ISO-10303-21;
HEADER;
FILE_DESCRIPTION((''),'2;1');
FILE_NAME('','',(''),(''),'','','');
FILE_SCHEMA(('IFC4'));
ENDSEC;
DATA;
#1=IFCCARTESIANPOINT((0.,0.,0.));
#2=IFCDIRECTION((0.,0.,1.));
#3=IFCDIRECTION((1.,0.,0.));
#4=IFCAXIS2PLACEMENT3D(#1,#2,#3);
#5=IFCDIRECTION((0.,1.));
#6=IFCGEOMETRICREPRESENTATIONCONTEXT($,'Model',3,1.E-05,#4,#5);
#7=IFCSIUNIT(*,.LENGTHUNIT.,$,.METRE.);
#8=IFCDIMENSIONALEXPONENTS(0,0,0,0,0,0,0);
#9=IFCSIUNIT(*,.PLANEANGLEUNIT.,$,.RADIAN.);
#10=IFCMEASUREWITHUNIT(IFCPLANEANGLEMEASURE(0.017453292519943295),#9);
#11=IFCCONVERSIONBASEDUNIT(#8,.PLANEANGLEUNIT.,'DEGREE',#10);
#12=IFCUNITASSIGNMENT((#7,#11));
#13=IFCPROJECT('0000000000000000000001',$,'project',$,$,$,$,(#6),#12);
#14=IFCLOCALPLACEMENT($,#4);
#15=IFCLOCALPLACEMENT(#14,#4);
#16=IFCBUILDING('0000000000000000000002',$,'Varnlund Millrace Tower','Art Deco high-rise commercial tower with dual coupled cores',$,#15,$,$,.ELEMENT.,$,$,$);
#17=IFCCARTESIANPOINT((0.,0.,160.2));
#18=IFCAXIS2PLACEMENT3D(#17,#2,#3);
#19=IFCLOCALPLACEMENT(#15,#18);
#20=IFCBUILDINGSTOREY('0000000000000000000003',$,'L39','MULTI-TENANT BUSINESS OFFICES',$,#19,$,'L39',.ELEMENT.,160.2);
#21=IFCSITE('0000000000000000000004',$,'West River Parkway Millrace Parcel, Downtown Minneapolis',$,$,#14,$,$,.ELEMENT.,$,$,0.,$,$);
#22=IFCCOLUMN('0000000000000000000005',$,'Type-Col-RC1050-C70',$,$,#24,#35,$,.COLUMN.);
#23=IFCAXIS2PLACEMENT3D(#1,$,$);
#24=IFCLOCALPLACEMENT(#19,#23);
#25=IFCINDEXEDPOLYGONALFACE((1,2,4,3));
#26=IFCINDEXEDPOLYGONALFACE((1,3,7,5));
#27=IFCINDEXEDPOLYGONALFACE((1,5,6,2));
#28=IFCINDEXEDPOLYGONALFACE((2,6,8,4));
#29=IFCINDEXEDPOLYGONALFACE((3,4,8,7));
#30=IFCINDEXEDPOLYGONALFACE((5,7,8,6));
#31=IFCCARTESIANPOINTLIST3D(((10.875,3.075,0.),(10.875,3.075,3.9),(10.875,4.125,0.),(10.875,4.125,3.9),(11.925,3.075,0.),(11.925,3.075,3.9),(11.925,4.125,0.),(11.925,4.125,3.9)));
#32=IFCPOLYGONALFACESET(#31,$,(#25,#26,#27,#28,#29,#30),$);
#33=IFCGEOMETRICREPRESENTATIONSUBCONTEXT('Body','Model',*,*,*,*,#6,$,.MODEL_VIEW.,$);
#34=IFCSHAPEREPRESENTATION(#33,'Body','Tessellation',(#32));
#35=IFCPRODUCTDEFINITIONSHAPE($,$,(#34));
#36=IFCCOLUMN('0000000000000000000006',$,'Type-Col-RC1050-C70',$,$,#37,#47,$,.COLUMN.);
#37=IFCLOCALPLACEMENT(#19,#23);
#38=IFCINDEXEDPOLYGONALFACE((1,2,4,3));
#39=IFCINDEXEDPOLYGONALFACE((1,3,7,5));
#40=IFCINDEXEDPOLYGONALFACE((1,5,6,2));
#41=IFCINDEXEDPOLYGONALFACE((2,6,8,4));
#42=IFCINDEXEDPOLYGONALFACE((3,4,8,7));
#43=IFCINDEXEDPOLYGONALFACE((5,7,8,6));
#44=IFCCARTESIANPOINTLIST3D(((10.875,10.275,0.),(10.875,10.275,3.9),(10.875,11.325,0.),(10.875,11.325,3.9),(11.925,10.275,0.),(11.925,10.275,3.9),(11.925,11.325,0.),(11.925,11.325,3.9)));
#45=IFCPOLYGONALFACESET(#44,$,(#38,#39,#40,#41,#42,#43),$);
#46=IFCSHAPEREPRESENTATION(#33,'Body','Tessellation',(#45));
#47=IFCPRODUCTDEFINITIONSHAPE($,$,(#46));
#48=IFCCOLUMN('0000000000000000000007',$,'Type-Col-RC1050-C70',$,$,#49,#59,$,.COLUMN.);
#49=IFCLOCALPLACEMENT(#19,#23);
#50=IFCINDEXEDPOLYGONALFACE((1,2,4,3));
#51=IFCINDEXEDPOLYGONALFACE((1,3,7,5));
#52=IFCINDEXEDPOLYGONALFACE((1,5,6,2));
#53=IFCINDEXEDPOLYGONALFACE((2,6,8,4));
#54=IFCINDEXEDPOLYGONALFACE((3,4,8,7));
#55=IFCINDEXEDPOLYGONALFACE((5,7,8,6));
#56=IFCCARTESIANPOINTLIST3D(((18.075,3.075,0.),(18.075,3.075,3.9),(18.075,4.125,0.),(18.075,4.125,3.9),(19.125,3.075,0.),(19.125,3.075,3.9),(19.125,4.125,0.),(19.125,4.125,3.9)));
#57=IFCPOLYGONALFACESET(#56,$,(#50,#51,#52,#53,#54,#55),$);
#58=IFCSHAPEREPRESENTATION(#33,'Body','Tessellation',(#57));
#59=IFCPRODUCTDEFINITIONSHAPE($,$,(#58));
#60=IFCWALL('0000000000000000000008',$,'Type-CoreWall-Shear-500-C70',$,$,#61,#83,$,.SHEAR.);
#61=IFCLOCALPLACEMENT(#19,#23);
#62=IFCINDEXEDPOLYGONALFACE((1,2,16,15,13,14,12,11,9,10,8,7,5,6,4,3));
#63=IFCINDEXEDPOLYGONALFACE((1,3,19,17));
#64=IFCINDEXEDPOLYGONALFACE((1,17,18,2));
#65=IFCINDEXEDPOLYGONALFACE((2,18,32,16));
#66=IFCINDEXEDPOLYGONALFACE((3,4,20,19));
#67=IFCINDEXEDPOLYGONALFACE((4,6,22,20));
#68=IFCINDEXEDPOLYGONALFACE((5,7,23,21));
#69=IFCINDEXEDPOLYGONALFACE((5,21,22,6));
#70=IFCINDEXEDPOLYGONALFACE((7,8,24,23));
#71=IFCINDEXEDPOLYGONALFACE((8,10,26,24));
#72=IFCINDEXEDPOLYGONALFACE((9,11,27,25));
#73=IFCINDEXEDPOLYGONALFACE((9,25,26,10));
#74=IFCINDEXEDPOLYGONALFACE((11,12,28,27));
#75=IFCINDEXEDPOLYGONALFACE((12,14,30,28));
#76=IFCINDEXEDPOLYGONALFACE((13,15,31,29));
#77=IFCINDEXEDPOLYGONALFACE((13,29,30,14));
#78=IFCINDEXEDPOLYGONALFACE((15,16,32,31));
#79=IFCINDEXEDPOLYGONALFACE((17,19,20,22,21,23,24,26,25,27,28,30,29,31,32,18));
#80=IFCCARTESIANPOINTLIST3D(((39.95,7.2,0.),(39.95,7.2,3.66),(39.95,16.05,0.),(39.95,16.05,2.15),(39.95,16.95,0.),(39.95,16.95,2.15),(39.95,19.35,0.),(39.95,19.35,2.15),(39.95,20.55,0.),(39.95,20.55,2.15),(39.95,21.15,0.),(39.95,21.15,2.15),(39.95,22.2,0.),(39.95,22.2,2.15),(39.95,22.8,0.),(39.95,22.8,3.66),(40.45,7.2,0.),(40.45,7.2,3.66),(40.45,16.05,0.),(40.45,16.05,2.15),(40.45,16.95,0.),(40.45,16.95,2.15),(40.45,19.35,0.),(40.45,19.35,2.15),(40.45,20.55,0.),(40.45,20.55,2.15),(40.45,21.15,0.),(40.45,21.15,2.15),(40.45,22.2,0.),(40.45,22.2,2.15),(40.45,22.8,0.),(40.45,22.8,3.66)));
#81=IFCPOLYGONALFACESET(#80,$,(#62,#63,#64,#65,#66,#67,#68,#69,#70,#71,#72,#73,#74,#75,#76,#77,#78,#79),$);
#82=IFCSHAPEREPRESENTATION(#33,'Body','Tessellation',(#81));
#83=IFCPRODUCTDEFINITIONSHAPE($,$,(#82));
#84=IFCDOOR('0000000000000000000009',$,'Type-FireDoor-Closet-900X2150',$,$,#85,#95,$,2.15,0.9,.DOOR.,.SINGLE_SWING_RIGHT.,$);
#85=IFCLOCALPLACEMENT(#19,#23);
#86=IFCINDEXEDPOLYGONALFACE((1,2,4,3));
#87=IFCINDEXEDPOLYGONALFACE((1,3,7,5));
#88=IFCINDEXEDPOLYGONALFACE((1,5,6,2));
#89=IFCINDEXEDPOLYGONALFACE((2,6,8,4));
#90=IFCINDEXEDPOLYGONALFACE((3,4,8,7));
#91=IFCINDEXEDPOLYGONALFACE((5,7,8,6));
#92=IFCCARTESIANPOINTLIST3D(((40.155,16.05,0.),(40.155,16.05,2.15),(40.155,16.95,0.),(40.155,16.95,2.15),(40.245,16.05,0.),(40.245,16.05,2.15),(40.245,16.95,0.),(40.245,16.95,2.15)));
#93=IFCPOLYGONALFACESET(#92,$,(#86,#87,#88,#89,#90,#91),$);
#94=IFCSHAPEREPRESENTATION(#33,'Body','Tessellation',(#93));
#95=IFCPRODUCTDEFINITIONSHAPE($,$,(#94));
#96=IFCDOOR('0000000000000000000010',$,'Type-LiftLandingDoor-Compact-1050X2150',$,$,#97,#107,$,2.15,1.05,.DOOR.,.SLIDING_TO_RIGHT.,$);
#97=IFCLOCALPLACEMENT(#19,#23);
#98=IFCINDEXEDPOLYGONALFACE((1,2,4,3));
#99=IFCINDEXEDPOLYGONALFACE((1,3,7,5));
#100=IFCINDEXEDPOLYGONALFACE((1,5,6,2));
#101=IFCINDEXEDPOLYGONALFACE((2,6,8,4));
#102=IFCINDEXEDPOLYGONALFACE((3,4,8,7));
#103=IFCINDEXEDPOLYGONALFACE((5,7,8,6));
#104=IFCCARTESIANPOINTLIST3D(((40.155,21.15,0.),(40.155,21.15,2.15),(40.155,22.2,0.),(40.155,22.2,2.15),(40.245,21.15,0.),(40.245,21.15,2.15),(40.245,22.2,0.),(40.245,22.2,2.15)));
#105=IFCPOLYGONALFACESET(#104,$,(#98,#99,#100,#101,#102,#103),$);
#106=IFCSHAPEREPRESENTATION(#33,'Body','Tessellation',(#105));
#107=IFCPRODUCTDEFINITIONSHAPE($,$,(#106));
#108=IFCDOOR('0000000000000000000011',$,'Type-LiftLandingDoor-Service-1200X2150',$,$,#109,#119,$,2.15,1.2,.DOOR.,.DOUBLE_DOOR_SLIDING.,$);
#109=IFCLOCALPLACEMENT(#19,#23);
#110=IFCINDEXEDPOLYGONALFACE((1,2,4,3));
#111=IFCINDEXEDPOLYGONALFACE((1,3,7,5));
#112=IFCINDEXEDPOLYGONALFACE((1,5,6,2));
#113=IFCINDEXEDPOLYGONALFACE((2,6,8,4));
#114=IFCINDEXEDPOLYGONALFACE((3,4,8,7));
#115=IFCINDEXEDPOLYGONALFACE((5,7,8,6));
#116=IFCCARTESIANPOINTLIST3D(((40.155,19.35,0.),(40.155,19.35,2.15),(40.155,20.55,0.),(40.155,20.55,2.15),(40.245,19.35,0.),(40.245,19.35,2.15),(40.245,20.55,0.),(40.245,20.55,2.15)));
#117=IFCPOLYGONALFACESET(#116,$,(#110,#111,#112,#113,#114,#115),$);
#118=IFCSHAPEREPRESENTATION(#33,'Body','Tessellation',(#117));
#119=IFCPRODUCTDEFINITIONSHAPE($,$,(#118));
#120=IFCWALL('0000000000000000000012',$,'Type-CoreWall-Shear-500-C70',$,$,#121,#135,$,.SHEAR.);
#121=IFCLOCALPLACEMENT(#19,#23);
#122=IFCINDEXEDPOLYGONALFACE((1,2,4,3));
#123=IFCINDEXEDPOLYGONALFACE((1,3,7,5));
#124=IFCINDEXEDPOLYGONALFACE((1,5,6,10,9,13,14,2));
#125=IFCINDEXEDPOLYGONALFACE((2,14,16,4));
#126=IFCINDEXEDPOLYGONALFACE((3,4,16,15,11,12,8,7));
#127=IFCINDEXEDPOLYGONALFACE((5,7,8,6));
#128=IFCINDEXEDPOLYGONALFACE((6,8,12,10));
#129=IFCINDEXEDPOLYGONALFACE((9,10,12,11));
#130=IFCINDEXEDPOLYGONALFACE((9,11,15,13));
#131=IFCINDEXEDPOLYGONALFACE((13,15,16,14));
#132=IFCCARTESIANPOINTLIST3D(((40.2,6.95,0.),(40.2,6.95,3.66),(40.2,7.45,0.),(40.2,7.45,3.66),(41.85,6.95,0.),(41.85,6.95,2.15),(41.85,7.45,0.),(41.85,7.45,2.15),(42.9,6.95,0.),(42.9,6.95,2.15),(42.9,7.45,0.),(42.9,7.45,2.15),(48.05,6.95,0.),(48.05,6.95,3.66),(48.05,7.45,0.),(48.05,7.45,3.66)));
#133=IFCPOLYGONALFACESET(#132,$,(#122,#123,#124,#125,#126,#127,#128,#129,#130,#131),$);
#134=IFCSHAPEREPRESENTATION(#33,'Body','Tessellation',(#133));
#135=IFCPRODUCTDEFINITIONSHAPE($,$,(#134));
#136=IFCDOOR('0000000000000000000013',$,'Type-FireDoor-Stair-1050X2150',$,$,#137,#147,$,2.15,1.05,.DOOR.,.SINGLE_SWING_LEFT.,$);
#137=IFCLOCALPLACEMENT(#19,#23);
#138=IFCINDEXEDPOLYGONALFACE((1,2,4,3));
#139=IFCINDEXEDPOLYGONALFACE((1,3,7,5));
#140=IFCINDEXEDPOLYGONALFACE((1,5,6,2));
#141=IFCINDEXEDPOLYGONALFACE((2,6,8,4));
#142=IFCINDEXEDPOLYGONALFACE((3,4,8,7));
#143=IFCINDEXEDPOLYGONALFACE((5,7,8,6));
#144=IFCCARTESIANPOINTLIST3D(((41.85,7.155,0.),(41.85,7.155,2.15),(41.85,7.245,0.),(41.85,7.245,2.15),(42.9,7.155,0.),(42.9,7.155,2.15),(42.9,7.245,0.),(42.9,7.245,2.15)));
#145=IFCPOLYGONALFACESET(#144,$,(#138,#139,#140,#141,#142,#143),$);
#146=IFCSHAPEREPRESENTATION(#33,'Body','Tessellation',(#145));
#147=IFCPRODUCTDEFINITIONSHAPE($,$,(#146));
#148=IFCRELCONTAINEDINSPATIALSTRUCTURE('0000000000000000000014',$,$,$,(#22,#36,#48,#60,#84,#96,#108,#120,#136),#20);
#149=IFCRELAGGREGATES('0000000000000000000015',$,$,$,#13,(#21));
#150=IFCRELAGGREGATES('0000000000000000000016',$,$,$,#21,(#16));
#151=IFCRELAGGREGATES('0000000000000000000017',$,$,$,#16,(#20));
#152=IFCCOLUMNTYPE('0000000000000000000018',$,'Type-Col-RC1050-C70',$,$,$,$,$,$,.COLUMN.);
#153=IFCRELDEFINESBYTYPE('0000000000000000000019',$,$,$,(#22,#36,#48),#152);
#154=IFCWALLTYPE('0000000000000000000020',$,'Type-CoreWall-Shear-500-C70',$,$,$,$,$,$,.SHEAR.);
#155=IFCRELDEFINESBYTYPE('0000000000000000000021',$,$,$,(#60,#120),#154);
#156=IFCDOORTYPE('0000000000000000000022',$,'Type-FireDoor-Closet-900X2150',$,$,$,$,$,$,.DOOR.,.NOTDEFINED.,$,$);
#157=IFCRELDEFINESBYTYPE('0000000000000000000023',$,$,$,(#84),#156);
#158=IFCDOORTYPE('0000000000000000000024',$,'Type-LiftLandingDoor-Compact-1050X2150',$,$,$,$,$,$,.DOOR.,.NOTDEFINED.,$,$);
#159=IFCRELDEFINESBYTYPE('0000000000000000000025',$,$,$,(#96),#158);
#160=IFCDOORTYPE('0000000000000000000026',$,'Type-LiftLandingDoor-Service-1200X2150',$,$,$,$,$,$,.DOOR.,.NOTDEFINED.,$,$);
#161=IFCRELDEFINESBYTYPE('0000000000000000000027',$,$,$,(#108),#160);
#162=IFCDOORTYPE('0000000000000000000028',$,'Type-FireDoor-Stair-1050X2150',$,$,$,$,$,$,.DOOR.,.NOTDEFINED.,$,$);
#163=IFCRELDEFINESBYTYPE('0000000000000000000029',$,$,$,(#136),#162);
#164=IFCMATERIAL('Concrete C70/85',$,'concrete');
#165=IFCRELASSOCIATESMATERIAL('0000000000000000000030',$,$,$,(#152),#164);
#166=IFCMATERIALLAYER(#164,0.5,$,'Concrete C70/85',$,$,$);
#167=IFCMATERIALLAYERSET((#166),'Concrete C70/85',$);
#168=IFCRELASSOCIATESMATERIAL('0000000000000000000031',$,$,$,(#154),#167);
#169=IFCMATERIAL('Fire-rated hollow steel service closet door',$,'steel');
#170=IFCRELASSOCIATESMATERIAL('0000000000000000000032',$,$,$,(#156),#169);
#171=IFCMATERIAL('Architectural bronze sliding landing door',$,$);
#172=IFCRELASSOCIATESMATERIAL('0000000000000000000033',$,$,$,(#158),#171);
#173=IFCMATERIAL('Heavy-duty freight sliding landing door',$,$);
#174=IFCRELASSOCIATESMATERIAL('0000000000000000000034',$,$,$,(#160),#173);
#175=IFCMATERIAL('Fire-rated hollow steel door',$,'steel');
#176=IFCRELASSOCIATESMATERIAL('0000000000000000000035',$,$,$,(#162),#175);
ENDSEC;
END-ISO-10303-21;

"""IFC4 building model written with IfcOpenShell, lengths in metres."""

from ifc_helpers import new_model, entity, si_unit, converted_unit, direction, frame, origin_with_axes, origin_2d_with_axis, place, context, subcontext, project, spatial, polyline, rectangle, outline, extrude, material, layer, layer_set, material_profile, profile_set, type_object, element, fill, save


model = new_model("IFC4")

# Units and contexts
model_context = context("Model", 3, precision=1e-05, world=origin_with_axes(), true_north=direction((0.0, 1.0)))
body_context = subcontext(model_context, "Body", "Model", "MODEL_VIEW")
ifc_project = project(units=[si_unit("LENGTHUNIT", "METRE"), converted_unit("PLANEANGLEUNIT", "DEGREE", entity("IfcPlaneAngleMeasure", 0.017453292519943295), si_unit("PLANEANGLEUNIT", "RADIAN"), dimensions=[0, 0, 0, 0, 0, 0, 0])], contexts=[model_context])

# Site, building, storey
site_placement = place(None, origin_with_axes())
site = spatial("IfcSite", under=ifc_project, at=site_placement, Name="West River Parkway Millrace Parcel, Downtown Minneapolis", CompositionType="ELEMENT", RefElevation=0.0)
building_placement = place(site_placement, origin_with_axes())
building = spatial("IfcBuilding", under=site, at=building_placement, Name="Varnlund Millrace Tower", Description="Art Deco high-rise commercial tower with dual coupled cores", CompositionType="ELEMENT")
storey_placement = place(building_placement, frame((0.0, 0.0, 160.2), z_axis=(0.0, 0.0, 1.0), x_axis=(1.0, 0.0, 0.0)))
storey = spatial("IfcBuildingStorey", under=building, at=storey_placement, Name="L39", Description="MULTI-TENANT BUSINESS OFFICES", LongName="L39", CompositionType="ELEMENT", Elevation=160.2)

# Columns
ifc_material_1 = material(Name="Concrete C70/85", Category="concrete")
ifc_material_profile = material_profile(ifc_material_1, rectangle(XDim=1.05, YDim=1.05, at=origin_2d_with_axis()), Name="Concrete C70/85")
ifc_profile_set = profile_set([ifc_material_profile], Name="Concrete C70/85")
column_type = type_object("IfcColumnType", Name="Type-Col-RC1050-C70", PredefinedType="COLUMN", material=ifc_profile_set)
for number, where, z_axis, x_axis, name in (
    (1, (11.4, 3.6, 0.0), (0.0, 0.0, 1.0), (1.0, 0.0, 0.0), "Type-Col-RC1050-C70"),
    (2, (11.4, 10.8, 0.0), (0.0, 0.0, 1.0), (1.0, 0.0, 0.0), "Type-Col-RC1050-C70"),
    (3, (18.6, 3.6, 0.0), (0.0, 0.0, 1.0), (1.0, 0.0, 0.0), "Type-Col-RC1050-C70"),
):
    element("IfcColumn", number, at=place(storey_placement, frame(where, z_axis=z_axis, x_axis=x_axis)), inside=storey, type_object=column_type, Name=name, PredefinedType="COLUMN", context=body_context, shape_type="SweptSolid", body=[
        extrude(rectangle(XDim=1.05, YDim=1.05, at=origin_2d_with_axis()), origin_with_axes(), (0.0, 0.0, 1.0), 3.9),
    ])

# Wall, openings, doors
ifc_layer_1 = layer(ifc_material_1, 0.5, Name="Concrete C70/85")
ifc_layer_set_1 = layer_set([ifc_layer_1], Name="Concrete C70/85")
wall_type_1 = type_object("IfcWallType", Name="Type-CoreWall-Shear-500-C70", PredefinedType="SHEAR", material=ifc_layer_set_1)
wall_1_placement = place(storey_placement, frame((40.2, 7.2, 0.0), z_axis=(0.0, 0.0, 1.0), x_axis=(0.0, 1.0, 0.0)))
wall_1 = element("IfcWall", 4, at=wall_1_placement, inside=storey, type_object=wall_type_1, Name="Type-CoreWall-Shear-500-C70", PredefinedType="SHEAR", context=body_context, shape_type="SweptSolid", body=[
    extrude(outline(polyline([(0.0, -0.25), (15.6, -0.25), (15.6, 0.25), (0.0, 0.25), (0.0, -0.25)])), origin_with_axes(), (0.0, 0.0, 1.0), 3.66),
])
opening_1_placement = place(wall_1_placement, frame((14.475, 0.0, 0.0), z_axis=(0.0, 0.0, 1.0), x_axis=(1.0, 0.0, 0.0)))
opening_1 = element("IfcOpeningElement", 5, at=opening_1_placement, cuts=wall_1, PredefinedType="OPENING", context=body_context, shape_type="SweptSolid", body=[
    extrude(rectangle(XDim=1.05, YDim=0.52, at=origin_2d_with_axis()), origin_with_axes(), (0.0, 0.0, 1.0), 2.15),
])
opening_2_placement = place(wall_1_placement, frame((12.75, 0.0, 0.0), z_axis=(0.0, 0.0, 1.0), x_axis=(1.0, 0.0, 0.0)))
opening_2 = element("IfcOpeningElement", 6, at=opening_2_placement, cuts=wall_1, PredefinedType="OPENING", context=body_context, shape_type="SweptSolid", body=[
    extrude(rectangle(XDim=1.2, YDim=0.52, at=origin_2d_with_axis()), origin_with_axes(), (0.0, 0.0, 1.0), 2.15),
])
opening_3_placement = place(wall_1_placement, frame((9.3, 0.0, 0.0), z_axis=(0.0, 0.0, 1.0), x_axis=(1.0, 0.0, 0.0)))
opening_3 = element("IfcOpeningElement", 7, at=opening_3_placement, cuts=wall_1, PredefinedType="OPENING", context=body_context, shape_type="SweptSolid", body=[
    extrude(rectangle(XDim=0.9, YDim=0.52, at=origin_2d_with_axis()), origin_with_axes(), (0.0, 0.0, 1.0), 2.15),
])
ifc_material_2 = material(Name="Fire-rated hollow steel service closet door", Category="steel")
door_type_1 = type_object("IfcDoorType", Name="Type-FireDoor-Closet-900X2150", OperationType="NOTDEFINED", PredefinedType="DOOR", material=ifc_material_2)
door_1_placement = place(wall_1_placement, frame((9.3, 0.0, 0.0), z_axis=(0.0, 0.0, 1.0), x_axis=(1.0, 0.0, 0.0)))
door_1 = element("IfcDoor", 8, at=door_1_placement, inside=storey, type_object=door_type_1, Name="Type-FireDoor-Closet-900X2150", OperationType="SINGLE_SWING_RIGHT", OverallHeight=2.15, OverallWidth=0.9, PredefinedType="DOOR", context=body_context, shape_type="SweptSolid", body=[
    extrude(rectangle(XDim=0.9, YDim=0.09, at=origin_2d_with_axis()), origin_with_axes(), (0.0, 0.0, 1.0), 2.15),
])
fill(opening_3, door_1)
ifc_material_3 = material(Name="Architectural bronze sliding landing door")
door_type_2 = type_object("IfcDoorType", Name="Type-LiftLandingDoor-Compact-1050X2150", OperationType="NOTDEFINED", PredefinedType="DOOR", material=ifc_material_3)
door_2_placement = place(wall_1_placement, frame((14.475, 0.0, 0.0), z_axis=(0.0, 0.0, 1.0), x_axis=(1.0, 0.0, 0.0)))
door_2 = element("IfcDoor", 9, at=door_2_placement, inside=storey, type_object=door_type_2, Name="Type-LiftLandingDoor-Compact-1050X2150", OperationType="SLIDING_TO_RIGHT", OverallHeight=2.15, OverallWidth=1.05, PredefinedType="DOOR", context=body_context, shape_type="SweptSolid", body=[
    extrude(rectangle(XDim=1.05, YDim=0.09, at=origin_2d_with_axis()), origin_with_axes(), (0.0, 0.0, 1.0), 2.15),
])
fill(opening_1, door_2)
ifc_material_4 = material(Name="Heavy-duty freight sliding landing door")
door_type_3 = type_object("IfcDoorType", Name="Type-LiftLandingDoor-Service-1200X2150", OperationType="NOTDEFINED", PredefinedType="DOOR", material=ifc_material_4)
door_3_placement = place(wall_1_placement, frame((12.75, 0.0, 0.0), z_axis=(0.0, 0.0, 1.0), x_axis=(1.0, 0.0, 0.0)))
door_3 = element("IfcDoor", 10, at=door_3_placement, inside=storey, type_object=door_type_3, Name="Type-LiftLandingDoor-Service-1200X2150", OperationType="DOUBLE_DOOR_SLIDING", OverallHeight=2.15, OverallWidth=1.2, PredefinedType="DOOR", context=body_context, shape_type="SweptSolid", body=[
    extrude(rectangle(XDim=1.2, YDim=0.09, at=origin_2d_with_axis()), origin_with_axes(), (0.0, 0.0, 1.0), 2.15),
])
fill(opening_2, door_3)

# Wall, opening, door
wall_2_placement = place(storey_placement, frame((40.2, 7.2, 0.0), z_axis=(0.0, 0.0, 1.0), x_axis=(1.0, 0.0, 0.0)))
wall_2 = element("IfcWall", 11, at=wall_2_placement, inside=storey, type_object=wall_type_1, Name="Type-CoreWall-Shear-500-C70", PredefinedType="SHEAR", context=body_context, shape_type="SweptSolid", body=[
    extrude(outline(polyline([(0.0, -0.25), (7.85, -0.25), (7.85, 0.25), (0.0, 0.25), (0.0, -0.25)])), origin_with_axes(), (0.0, 0.0, 1.0), 3.66),
])
opening_4_placement = place(wall_2_placement, frame((2.175, 0.0, 0.0), z_axis=(0.0, 0.0, 1.0), x_axis=(1.0, 0.0, 0.0)))
opening_4 = element("IfcOpeningElement", 12, at=opening_4_placement, cuts=wall_2, PredefinedType="OPENING", context=body_context, shape_type="SweptSolid", body=[
    extrude(rectangle(XDim=1.05, YDim=0.52, at=origin_2d_with_axis()), origin_with_axes(), (0.0, 0.0, 1.0), 2.15),
])
ifc_material_5 = material(Name="Fire-rated hollow steel door", Category="steel")
door_type_4 = type_object("IfcDoorType", Name="Type-FireDoor-Stair-1050X2150", OperationType="NOTDEFINED", PredefinedType="DOOR", material=ifc_material_5)
door_4_placement = place(wall_2_placement, frame((2.175, 0.0, 0.0), z_axis=(0.0, 0.0, 1.0), x_axis=(1.0, 0.0, 0.0)))
door_4 = element("IfcDoor", 13, at=door_4_placement, inside=storey, type_object=door_type_4, Name="Type-FireDoor-Stair-1050X2150", OperationType="SINGLE_SWING_LEFT", OverallHeight=2.15, OverallWidth=1.05, PredefinedType="DOOR", context=body_context, shape_type="SweptSolid", body=[
    extrude(rectangle(XDim=1.05, YDim=0.09, at=origin_2d_with_axis()), origin_with_axes(), (0.0, 0.0, 1.0), 2.15),
])
fill(opening_4, door_4)

save(model, "model.ifc")
